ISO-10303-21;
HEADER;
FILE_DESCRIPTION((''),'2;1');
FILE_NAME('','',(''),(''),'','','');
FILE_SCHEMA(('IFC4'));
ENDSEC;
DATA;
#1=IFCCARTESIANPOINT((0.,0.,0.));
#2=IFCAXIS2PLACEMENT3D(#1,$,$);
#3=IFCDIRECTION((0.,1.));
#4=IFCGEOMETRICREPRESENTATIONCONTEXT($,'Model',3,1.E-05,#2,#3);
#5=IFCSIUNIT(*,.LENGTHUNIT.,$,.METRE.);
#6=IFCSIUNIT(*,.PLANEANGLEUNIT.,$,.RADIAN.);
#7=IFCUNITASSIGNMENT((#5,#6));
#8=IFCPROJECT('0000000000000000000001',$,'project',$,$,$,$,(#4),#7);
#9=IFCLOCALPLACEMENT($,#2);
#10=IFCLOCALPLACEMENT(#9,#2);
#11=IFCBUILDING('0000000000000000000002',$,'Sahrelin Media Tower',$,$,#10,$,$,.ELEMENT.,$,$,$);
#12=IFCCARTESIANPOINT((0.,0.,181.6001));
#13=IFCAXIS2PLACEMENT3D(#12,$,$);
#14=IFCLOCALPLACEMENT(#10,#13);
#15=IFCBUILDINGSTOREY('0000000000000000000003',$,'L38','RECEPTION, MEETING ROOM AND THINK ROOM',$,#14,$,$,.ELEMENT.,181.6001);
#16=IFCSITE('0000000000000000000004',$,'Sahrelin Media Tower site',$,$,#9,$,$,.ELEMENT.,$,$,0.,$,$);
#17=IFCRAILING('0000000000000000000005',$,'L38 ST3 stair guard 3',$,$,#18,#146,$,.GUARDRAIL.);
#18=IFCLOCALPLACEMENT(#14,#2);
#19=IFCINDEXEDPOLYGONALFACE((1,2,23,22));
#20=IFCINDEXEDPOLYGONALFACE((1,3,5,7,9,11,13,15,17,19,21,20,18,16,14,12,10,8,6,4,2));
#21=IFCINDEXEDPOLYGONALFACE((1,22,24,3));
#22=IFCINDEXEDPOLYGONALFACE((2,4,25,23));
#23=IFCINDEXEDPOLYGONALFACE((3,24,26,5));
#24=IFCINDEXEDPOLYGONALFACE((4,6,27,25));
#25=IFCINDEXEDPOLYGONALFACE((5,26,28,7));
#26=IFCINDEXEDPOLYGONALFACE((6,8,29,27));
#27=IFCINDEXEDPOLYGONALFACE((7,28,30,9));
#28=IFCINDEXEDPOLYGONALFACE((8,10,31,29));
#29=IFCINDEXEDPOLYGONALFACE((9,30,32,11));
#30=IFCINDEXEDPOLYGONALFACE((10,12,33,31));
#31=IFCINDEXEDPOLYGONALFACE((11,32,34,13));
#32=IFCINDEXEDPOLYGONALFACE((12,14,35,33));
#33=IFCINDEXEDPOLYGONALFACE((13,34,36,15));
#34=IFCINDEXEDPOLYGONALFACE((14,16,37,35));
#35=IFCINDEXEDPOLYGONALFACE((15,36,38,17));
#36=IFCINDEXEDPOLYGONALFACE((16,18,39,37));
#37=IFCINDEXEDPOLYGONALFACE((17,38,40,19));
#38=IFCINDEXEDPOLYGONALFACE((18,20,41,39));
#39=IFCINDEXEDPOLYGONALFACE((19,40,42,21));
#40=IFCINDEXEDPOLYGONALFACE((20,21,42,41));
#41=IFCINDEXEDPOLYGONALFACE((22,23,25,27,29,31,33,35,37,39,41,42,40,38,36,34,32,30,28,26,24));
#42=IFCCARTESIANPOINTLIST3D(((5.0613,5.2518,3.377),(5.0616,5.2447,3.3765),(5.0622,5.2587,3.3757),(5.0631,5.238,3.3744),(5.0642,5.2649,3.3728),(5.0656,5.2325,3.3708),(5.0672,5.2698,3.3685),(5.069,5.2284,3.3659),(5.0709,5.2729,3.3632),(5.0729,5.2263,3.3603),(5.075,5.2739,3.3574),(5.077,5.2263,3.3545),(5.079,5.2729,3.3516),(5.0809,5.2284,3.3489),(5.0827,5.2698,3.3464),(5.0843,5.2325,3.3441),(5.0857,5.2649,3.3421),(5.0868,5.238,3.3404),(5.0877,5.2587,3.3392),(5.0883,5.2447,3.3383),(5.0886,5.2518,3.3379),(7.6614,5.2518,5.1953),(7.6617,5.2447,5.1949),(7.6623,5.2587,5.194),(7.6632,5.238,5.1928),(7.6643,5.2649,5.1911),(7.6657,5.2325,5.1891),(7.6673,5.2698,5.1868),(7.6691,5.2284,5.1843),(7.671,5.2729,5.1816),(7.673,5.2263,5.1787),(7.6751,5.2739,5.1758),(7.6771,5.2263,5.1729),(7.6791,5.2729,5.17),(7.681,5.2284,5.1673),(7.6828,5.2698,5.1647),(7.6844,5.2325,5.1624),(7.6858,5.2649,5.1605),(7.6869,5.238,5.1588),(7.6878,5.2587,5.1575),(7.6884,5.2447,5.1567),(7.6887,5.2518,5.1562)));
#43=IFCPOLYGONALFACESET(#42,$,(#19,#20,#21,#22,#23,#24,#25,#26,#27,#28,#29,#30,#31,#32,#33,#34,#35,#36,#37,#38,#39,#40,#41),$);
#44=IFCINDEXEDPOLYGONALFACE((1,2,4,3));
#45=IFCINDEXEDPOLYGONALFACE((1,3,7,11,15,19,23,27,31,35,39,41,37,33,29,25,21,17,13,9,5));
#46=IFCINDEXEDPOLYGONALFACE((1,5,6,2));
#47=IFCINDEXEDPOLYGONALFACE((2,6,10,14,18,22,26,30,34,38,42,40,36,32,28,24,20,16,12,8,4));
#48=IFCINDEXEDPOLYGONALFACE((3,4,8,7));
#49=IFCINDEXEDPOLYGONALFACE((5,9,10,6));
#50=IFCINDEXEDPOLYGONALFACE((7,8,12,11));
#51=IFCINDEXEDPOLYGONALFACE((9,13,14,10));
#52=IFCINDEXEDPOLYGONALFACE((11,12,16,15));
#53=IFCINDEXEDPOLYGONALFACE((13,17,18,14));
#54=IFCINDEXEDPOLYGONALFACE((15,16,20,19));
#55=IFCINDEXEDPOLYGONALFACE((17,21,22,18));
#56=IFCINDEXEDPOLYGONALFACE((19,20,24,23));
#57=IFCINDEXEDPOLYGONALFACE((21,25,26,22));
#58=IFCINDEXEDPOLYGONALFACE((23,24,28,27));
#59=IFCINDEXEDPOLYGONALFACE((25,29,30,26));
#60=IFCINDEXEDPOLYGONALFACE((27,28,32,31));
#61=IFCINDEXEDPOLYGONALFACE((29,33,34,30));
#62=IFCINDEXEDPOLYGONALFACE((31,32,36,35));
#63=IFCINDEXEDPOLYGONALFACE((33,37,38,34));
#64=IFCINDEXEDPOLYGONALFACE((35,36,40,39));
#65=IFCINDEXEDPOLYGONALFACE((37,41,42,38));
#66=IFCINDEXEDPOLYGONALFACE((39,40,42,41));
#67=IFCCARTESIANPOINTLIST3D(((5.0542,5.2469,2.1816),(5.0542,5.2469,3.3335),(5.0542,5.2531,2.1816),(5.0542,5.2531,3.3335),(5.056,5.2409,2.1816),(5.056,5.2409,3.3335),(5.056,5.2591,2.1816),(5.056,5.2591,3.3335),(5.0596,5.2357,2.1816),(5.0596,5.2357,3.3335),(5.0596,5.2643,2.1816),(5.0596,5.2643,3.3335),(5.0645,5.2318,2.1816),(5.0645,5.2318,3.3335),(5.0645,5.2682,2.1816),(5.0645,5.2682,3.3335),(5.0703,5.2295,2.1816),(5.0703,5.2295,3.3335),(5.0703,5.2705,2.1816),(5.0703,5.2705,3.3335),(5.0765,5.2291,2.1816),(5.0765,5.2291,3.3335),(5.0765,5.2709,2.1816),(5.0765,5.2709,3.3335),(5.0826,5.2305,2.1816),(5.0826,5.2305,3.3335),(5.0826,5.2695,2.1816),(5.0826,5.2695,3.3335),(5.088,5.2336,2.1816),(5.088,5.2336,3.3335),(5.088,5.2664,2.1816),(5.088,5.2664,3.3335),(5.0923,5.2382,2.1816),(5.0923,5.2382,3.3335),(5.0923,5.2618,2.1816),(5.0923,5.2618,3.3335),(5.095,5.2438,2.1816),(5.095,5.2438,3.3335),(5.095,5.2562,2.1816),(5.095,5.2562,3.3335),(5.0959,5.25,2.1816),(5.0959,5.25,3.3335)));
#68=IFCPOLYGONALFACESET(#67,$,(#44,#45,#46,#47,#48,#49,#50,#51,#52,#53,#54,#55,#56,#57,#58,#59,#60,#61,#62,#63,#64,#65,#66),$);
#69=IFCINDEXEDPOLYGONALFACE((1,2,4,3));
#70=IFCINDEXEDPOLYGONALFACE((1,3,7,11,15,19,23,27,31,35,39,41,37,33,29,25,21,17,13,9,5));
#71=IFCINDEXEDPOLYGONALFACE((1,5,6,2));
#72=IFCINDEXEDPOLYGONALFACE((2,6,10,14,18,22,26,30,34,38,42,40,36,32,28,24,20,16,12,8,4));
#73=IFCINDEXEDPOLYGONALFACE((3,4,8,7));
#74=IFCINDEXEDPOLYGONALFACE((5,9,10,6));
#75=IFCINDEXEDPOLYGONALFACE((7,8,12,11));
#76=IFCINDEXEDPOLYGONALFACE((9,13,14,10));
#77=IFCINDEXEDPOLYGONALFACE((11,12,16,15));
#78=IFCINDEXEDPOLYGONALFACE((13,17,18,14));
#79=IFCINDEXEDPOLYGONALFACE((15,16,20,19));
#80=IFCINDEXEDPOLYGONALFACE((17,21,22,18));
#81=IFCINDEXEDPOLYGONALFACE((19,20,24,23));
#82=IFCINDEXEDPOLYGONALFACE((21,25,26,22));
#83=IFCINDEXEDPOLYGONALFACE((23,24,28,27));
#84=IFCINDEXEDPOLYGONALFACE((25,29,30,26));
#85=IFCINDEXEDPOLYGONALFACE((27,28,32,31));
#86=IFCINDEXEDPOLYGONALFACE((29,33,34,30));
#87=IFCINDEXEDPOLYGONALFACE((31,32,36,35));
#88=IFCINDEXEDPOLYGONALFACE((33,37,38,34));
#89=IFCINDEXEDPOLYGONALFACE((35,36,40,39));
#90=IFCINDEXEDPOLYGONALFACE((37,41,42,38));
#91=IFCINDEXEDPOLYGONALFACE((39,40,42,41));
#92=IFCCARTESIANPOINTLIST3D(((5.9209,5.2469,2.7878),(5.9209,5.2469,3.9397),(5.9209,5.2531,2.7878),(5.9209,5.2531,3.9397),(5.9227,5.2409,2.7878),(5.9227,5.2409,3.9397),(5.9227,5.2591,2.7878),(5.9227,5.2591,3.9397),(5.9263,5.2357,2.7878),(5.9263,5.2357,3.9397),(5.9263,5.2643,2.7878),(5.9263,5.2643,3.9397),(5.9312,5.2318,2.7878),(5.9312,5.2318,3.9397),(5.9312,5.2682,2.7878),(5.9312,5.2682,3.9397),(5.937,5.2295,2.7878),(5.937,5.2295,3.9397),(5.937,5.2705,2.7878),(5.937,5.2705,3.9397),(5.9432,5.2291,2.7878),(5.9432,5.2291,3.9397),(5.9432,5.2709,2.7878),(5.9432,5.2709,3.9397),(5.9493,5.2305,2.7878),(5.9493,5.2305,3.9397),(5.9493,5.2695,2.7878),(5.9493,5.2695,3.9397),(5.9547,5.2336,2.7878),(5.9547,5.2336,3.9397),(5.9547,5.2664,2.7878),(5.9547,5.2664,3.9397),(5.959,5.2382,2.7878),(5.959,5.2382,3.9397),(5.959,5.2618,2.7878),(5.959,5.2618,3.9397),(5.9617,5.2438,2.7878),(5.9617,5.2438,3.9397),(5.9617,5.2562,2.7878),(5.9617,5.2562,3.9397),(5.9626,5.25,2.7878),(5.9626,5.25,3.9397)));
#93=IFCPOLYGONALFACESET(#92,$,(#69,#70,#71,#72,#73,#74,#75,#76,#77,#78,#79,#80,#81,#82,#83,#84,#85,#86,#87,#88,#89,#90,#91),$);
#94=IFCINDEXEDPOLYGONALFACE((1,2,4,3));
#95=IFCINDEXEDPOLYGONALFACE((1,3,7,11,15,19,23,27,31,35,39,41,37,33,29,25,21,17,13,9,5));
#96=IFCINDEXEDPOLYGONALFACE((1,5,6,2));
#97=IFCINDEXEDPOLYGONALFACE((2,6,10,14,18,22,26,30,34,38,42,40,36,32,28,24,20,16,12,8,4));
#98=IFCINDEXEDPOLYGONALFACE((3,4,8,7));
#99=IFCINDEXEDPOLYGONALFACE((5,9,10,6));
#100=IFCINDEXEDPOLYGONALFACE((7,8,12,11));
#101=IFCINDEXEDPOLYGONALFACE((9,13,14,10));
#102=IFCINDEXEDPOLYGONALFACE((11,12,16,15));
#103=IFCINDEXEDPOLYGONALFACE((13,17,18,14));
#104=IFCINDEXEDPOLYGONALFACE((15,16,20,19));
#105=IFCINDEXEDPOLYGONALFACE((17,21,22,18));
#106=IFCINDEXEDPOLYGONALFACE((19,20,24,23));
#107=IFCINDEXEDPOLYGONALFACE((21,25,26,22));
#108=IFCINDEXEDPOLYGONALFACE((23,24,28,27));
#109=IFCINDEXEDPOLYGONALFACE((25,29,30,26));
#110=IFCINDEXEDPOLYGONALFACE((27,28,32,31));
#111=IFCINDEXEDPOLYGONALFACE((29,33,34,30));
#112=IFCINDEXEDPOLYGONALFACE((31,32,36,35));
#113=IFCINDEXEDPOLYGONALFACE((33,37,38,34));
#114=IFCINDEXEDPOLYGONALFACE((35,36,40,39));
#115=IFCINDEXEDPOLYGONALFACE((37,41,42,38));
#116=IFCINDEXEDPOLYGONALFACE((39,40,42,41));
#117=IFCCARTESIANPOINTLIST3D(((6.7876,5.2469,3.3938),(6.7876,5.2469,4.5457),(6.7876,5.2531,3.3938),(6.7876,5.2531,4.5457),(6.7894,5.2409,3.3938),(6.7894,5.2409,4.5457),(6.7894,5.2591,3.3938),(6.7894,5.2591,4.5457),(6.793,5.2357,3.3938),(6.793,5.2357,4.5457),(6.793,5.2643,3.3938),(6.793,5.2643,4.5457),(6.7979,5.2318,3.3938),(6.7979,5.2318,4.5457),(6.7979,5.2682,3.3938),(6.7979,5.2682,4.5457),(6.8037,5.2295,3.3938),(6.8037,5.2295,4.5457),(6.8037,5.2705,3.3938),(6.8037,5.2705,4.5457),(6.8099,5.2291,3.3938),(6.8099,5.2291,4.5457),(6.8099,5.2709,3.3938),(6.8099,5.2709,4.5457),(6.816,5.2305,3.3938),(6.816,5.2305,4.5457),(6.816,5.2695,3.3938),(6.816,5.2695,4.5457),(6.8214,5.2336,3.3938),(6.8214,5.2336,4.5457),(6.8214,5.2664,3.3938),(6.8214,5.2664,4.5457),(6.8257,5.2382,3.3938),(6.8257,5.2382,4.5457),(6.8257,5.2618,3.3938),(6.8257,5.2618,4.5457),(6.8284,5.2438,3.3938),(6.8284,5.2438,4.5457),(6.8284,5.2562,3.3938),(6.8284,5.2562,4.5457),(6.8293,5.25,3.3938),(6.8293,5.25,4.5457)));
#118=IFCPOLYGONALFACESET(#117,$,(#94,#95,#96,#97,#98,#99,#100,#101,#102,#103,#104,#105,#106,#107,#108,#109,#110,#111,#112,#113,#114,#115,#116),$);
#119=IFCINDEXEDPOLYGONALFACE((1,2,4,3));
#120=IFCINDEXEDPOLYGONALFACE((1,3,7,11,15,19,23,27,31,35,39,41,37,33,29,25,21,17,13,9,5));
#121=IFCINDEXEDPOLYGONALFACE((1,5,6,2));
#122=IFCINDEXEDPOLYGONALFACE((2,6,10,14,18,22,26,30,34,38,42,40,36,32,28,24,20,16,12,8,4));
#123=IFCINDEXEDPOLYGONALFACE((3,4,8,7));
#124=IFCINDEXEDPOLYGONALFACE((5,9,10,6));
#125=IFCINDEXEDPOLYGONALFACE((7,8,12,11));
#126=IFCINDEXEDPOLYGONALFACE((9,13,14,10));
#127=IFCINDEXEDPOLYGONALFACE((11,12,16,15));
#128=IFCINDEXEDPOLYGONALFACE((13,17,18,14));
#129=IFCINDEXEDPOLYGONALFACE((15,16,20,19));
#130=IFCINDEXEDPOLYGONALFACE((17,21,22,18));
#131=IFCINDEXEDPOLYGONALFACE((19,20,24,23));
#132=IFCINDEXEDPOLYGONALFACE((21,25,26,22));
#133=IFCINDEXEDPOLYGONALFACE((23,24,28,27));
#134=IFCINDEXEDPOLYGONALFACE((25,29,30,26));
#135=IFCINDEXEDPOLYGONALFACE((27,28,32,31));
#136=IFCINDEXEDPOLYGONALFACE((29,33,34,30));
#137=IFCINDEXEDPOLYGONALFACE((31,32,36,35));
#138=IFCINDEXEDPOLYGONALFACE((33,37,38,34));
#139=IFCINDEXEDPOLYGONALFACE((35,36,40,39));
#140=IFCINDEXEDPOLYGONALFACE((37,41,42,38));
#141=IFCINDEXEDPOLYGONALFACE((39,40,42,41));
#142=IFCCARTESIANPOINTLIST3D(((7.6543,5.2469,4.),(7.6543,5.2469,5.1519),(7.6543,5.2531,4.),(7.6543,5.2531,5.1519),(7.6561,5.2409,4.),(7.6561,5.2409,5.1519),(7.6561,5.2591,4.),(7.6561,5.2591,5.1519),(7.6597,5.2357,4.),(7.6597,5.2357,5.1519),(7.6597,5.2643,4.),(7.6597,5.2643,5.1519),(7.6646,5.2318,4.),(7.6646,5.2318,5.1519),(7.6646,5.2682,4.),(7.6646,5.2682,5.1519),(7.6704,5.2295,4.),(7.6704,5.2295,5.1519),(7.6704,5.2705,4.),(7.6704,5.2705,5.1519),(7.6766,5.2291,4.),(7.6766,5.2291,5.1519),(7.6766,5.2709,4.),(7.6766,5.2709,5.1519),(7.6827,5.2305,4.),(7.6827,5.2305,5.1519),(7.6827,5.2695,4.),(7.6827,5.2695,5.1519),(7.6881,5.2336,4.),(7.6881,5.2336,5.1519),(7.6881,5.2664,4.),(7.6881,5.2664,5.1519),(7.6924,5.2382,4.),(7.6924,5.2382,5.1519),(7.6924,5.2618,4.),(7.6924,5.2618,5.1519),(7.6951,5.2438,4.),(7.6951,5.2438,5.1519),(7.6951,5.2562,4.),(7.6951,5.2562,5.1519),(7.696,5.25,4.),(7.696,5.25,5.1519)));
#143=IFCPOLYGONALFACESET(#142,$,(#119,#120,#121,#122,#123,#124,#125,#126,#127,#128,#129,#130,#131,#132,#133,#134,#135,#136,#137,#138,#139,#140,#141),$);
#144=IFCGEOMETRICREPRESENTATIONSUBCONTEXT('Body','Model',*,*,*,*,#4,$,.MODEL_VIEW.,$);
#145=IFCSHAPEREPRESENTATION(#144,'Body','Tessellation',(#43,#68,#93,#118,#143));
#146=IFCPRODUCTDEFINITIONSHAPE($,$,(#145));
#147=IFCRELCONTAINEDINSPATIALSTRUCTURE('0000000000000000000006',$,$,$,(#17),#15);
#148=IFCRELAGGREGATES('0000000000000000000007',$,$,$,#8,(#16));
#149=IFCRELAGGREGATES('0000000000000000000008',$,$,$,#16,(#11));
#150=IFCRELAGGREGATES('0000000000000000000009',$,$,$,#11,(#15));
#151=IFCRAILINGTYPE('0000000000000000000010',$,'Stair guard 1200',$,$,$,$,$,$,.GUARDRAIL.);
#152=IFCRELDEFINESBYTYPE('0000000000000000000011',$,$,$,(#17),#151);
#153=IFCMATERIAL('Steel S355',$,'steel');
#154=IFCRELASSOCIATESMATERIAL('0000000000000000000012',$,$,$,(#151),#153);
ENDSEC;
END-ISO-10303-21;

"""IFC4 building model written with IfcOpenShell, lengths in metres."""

from ifc_helpers import new_model, si_unit, direction, frame, origin, origin_2d, place, context, subcontext, project, spatial, circle, extrude, material, type_object, element, save


model = new_model("IFC4")

# Units and contexts
model_context = context("Model", 3, precision=1e-05, world=origin(), true_north=direction((0.0, 1.0)))
body_context = subcontext(model_context, "Body", "Model", "MODEL_VIEW")
ifc_project = project(units=[si_unit("LENGTHUNIT", "METRE"), si_unit("PLANEANGLEUNIT", "RADIAN")], contexts=[model_context])

# Site, building, storey
site_placement = place(None, origin())
site = spatial("IfcSite", under=ifc_project, at=site_placement, Name="Sahrelin Media Tower site", CompositionType="ELEMENT", RefElevation=0.0)
building_placement = place(site_placement, origin())
building = spatial("IfcBuilding", under=site, at=building_placement, Name="Sahrelin Media Tower", CompositionType="ELEMENT")
storey_placement = place(building_placement, frame((0.0, 0.0, 181.6001)))
storey = spatial("IfcBuildingStorey", under=building, at=storey_placement, Name="L38", Description="RECEPTION, MEETING ROOM AND THINK ROOM", CompositionType="ELEMENT", Elevation=181.6001)

# Shared definitions
ifc_material_1 = material(Name="Steel S355", Category="steel")

# Railing
railing_type_1 = type_object("IfcRailingType", Name="Stair guard 1200", PredefinedType="GUARDRAIL", material=ifc_material_1)
railing_1_placement = place(storey_placement, frame((5.075, 5.25, 2.1816)))
element("IfcRailing", 1, at=railing_1_placement, inside=storey, type_object=railing_type_1, Name="L38 ST3 stair guard 3", PredefinedType="GUARDRAIL", context=body_context, shape_type="SweptSolid", body=[
    extrude(circle(Radius=0.0239, at=origin_2d()), frame((0.0, 0.0, 1.1758), z_axis=(0.819485, 0.0, 0.573101), x_axis=(0.0, 1.0, 0.0)), (0.0, 0.0, 1.0), 3.1729),
    extrude(circle(Radius=0.021, at=origin_2d()), origin(), (0.0, 0.0, 1.0), 1.1519),
    extrude(circle(Radius=0.021, at=origin_2d()), frame((0.8667, 0.0, 0.6062)), (0.0, 0.0, 1.0), 1.1519),
    extrude(circle(Radius=0.021, at=origin_2d()), frame((1.7334, 0.0, 1.2122)), (0.0, 0.0, 1.0), 1.1519),
    extrude(circle(Radius=0.021, at=origin_2d()), frame((2.6001, 0.0, 1.8184)), (0.0, 0.0, 1.0), 1.1519),
])

save(model, "model.ifc")
